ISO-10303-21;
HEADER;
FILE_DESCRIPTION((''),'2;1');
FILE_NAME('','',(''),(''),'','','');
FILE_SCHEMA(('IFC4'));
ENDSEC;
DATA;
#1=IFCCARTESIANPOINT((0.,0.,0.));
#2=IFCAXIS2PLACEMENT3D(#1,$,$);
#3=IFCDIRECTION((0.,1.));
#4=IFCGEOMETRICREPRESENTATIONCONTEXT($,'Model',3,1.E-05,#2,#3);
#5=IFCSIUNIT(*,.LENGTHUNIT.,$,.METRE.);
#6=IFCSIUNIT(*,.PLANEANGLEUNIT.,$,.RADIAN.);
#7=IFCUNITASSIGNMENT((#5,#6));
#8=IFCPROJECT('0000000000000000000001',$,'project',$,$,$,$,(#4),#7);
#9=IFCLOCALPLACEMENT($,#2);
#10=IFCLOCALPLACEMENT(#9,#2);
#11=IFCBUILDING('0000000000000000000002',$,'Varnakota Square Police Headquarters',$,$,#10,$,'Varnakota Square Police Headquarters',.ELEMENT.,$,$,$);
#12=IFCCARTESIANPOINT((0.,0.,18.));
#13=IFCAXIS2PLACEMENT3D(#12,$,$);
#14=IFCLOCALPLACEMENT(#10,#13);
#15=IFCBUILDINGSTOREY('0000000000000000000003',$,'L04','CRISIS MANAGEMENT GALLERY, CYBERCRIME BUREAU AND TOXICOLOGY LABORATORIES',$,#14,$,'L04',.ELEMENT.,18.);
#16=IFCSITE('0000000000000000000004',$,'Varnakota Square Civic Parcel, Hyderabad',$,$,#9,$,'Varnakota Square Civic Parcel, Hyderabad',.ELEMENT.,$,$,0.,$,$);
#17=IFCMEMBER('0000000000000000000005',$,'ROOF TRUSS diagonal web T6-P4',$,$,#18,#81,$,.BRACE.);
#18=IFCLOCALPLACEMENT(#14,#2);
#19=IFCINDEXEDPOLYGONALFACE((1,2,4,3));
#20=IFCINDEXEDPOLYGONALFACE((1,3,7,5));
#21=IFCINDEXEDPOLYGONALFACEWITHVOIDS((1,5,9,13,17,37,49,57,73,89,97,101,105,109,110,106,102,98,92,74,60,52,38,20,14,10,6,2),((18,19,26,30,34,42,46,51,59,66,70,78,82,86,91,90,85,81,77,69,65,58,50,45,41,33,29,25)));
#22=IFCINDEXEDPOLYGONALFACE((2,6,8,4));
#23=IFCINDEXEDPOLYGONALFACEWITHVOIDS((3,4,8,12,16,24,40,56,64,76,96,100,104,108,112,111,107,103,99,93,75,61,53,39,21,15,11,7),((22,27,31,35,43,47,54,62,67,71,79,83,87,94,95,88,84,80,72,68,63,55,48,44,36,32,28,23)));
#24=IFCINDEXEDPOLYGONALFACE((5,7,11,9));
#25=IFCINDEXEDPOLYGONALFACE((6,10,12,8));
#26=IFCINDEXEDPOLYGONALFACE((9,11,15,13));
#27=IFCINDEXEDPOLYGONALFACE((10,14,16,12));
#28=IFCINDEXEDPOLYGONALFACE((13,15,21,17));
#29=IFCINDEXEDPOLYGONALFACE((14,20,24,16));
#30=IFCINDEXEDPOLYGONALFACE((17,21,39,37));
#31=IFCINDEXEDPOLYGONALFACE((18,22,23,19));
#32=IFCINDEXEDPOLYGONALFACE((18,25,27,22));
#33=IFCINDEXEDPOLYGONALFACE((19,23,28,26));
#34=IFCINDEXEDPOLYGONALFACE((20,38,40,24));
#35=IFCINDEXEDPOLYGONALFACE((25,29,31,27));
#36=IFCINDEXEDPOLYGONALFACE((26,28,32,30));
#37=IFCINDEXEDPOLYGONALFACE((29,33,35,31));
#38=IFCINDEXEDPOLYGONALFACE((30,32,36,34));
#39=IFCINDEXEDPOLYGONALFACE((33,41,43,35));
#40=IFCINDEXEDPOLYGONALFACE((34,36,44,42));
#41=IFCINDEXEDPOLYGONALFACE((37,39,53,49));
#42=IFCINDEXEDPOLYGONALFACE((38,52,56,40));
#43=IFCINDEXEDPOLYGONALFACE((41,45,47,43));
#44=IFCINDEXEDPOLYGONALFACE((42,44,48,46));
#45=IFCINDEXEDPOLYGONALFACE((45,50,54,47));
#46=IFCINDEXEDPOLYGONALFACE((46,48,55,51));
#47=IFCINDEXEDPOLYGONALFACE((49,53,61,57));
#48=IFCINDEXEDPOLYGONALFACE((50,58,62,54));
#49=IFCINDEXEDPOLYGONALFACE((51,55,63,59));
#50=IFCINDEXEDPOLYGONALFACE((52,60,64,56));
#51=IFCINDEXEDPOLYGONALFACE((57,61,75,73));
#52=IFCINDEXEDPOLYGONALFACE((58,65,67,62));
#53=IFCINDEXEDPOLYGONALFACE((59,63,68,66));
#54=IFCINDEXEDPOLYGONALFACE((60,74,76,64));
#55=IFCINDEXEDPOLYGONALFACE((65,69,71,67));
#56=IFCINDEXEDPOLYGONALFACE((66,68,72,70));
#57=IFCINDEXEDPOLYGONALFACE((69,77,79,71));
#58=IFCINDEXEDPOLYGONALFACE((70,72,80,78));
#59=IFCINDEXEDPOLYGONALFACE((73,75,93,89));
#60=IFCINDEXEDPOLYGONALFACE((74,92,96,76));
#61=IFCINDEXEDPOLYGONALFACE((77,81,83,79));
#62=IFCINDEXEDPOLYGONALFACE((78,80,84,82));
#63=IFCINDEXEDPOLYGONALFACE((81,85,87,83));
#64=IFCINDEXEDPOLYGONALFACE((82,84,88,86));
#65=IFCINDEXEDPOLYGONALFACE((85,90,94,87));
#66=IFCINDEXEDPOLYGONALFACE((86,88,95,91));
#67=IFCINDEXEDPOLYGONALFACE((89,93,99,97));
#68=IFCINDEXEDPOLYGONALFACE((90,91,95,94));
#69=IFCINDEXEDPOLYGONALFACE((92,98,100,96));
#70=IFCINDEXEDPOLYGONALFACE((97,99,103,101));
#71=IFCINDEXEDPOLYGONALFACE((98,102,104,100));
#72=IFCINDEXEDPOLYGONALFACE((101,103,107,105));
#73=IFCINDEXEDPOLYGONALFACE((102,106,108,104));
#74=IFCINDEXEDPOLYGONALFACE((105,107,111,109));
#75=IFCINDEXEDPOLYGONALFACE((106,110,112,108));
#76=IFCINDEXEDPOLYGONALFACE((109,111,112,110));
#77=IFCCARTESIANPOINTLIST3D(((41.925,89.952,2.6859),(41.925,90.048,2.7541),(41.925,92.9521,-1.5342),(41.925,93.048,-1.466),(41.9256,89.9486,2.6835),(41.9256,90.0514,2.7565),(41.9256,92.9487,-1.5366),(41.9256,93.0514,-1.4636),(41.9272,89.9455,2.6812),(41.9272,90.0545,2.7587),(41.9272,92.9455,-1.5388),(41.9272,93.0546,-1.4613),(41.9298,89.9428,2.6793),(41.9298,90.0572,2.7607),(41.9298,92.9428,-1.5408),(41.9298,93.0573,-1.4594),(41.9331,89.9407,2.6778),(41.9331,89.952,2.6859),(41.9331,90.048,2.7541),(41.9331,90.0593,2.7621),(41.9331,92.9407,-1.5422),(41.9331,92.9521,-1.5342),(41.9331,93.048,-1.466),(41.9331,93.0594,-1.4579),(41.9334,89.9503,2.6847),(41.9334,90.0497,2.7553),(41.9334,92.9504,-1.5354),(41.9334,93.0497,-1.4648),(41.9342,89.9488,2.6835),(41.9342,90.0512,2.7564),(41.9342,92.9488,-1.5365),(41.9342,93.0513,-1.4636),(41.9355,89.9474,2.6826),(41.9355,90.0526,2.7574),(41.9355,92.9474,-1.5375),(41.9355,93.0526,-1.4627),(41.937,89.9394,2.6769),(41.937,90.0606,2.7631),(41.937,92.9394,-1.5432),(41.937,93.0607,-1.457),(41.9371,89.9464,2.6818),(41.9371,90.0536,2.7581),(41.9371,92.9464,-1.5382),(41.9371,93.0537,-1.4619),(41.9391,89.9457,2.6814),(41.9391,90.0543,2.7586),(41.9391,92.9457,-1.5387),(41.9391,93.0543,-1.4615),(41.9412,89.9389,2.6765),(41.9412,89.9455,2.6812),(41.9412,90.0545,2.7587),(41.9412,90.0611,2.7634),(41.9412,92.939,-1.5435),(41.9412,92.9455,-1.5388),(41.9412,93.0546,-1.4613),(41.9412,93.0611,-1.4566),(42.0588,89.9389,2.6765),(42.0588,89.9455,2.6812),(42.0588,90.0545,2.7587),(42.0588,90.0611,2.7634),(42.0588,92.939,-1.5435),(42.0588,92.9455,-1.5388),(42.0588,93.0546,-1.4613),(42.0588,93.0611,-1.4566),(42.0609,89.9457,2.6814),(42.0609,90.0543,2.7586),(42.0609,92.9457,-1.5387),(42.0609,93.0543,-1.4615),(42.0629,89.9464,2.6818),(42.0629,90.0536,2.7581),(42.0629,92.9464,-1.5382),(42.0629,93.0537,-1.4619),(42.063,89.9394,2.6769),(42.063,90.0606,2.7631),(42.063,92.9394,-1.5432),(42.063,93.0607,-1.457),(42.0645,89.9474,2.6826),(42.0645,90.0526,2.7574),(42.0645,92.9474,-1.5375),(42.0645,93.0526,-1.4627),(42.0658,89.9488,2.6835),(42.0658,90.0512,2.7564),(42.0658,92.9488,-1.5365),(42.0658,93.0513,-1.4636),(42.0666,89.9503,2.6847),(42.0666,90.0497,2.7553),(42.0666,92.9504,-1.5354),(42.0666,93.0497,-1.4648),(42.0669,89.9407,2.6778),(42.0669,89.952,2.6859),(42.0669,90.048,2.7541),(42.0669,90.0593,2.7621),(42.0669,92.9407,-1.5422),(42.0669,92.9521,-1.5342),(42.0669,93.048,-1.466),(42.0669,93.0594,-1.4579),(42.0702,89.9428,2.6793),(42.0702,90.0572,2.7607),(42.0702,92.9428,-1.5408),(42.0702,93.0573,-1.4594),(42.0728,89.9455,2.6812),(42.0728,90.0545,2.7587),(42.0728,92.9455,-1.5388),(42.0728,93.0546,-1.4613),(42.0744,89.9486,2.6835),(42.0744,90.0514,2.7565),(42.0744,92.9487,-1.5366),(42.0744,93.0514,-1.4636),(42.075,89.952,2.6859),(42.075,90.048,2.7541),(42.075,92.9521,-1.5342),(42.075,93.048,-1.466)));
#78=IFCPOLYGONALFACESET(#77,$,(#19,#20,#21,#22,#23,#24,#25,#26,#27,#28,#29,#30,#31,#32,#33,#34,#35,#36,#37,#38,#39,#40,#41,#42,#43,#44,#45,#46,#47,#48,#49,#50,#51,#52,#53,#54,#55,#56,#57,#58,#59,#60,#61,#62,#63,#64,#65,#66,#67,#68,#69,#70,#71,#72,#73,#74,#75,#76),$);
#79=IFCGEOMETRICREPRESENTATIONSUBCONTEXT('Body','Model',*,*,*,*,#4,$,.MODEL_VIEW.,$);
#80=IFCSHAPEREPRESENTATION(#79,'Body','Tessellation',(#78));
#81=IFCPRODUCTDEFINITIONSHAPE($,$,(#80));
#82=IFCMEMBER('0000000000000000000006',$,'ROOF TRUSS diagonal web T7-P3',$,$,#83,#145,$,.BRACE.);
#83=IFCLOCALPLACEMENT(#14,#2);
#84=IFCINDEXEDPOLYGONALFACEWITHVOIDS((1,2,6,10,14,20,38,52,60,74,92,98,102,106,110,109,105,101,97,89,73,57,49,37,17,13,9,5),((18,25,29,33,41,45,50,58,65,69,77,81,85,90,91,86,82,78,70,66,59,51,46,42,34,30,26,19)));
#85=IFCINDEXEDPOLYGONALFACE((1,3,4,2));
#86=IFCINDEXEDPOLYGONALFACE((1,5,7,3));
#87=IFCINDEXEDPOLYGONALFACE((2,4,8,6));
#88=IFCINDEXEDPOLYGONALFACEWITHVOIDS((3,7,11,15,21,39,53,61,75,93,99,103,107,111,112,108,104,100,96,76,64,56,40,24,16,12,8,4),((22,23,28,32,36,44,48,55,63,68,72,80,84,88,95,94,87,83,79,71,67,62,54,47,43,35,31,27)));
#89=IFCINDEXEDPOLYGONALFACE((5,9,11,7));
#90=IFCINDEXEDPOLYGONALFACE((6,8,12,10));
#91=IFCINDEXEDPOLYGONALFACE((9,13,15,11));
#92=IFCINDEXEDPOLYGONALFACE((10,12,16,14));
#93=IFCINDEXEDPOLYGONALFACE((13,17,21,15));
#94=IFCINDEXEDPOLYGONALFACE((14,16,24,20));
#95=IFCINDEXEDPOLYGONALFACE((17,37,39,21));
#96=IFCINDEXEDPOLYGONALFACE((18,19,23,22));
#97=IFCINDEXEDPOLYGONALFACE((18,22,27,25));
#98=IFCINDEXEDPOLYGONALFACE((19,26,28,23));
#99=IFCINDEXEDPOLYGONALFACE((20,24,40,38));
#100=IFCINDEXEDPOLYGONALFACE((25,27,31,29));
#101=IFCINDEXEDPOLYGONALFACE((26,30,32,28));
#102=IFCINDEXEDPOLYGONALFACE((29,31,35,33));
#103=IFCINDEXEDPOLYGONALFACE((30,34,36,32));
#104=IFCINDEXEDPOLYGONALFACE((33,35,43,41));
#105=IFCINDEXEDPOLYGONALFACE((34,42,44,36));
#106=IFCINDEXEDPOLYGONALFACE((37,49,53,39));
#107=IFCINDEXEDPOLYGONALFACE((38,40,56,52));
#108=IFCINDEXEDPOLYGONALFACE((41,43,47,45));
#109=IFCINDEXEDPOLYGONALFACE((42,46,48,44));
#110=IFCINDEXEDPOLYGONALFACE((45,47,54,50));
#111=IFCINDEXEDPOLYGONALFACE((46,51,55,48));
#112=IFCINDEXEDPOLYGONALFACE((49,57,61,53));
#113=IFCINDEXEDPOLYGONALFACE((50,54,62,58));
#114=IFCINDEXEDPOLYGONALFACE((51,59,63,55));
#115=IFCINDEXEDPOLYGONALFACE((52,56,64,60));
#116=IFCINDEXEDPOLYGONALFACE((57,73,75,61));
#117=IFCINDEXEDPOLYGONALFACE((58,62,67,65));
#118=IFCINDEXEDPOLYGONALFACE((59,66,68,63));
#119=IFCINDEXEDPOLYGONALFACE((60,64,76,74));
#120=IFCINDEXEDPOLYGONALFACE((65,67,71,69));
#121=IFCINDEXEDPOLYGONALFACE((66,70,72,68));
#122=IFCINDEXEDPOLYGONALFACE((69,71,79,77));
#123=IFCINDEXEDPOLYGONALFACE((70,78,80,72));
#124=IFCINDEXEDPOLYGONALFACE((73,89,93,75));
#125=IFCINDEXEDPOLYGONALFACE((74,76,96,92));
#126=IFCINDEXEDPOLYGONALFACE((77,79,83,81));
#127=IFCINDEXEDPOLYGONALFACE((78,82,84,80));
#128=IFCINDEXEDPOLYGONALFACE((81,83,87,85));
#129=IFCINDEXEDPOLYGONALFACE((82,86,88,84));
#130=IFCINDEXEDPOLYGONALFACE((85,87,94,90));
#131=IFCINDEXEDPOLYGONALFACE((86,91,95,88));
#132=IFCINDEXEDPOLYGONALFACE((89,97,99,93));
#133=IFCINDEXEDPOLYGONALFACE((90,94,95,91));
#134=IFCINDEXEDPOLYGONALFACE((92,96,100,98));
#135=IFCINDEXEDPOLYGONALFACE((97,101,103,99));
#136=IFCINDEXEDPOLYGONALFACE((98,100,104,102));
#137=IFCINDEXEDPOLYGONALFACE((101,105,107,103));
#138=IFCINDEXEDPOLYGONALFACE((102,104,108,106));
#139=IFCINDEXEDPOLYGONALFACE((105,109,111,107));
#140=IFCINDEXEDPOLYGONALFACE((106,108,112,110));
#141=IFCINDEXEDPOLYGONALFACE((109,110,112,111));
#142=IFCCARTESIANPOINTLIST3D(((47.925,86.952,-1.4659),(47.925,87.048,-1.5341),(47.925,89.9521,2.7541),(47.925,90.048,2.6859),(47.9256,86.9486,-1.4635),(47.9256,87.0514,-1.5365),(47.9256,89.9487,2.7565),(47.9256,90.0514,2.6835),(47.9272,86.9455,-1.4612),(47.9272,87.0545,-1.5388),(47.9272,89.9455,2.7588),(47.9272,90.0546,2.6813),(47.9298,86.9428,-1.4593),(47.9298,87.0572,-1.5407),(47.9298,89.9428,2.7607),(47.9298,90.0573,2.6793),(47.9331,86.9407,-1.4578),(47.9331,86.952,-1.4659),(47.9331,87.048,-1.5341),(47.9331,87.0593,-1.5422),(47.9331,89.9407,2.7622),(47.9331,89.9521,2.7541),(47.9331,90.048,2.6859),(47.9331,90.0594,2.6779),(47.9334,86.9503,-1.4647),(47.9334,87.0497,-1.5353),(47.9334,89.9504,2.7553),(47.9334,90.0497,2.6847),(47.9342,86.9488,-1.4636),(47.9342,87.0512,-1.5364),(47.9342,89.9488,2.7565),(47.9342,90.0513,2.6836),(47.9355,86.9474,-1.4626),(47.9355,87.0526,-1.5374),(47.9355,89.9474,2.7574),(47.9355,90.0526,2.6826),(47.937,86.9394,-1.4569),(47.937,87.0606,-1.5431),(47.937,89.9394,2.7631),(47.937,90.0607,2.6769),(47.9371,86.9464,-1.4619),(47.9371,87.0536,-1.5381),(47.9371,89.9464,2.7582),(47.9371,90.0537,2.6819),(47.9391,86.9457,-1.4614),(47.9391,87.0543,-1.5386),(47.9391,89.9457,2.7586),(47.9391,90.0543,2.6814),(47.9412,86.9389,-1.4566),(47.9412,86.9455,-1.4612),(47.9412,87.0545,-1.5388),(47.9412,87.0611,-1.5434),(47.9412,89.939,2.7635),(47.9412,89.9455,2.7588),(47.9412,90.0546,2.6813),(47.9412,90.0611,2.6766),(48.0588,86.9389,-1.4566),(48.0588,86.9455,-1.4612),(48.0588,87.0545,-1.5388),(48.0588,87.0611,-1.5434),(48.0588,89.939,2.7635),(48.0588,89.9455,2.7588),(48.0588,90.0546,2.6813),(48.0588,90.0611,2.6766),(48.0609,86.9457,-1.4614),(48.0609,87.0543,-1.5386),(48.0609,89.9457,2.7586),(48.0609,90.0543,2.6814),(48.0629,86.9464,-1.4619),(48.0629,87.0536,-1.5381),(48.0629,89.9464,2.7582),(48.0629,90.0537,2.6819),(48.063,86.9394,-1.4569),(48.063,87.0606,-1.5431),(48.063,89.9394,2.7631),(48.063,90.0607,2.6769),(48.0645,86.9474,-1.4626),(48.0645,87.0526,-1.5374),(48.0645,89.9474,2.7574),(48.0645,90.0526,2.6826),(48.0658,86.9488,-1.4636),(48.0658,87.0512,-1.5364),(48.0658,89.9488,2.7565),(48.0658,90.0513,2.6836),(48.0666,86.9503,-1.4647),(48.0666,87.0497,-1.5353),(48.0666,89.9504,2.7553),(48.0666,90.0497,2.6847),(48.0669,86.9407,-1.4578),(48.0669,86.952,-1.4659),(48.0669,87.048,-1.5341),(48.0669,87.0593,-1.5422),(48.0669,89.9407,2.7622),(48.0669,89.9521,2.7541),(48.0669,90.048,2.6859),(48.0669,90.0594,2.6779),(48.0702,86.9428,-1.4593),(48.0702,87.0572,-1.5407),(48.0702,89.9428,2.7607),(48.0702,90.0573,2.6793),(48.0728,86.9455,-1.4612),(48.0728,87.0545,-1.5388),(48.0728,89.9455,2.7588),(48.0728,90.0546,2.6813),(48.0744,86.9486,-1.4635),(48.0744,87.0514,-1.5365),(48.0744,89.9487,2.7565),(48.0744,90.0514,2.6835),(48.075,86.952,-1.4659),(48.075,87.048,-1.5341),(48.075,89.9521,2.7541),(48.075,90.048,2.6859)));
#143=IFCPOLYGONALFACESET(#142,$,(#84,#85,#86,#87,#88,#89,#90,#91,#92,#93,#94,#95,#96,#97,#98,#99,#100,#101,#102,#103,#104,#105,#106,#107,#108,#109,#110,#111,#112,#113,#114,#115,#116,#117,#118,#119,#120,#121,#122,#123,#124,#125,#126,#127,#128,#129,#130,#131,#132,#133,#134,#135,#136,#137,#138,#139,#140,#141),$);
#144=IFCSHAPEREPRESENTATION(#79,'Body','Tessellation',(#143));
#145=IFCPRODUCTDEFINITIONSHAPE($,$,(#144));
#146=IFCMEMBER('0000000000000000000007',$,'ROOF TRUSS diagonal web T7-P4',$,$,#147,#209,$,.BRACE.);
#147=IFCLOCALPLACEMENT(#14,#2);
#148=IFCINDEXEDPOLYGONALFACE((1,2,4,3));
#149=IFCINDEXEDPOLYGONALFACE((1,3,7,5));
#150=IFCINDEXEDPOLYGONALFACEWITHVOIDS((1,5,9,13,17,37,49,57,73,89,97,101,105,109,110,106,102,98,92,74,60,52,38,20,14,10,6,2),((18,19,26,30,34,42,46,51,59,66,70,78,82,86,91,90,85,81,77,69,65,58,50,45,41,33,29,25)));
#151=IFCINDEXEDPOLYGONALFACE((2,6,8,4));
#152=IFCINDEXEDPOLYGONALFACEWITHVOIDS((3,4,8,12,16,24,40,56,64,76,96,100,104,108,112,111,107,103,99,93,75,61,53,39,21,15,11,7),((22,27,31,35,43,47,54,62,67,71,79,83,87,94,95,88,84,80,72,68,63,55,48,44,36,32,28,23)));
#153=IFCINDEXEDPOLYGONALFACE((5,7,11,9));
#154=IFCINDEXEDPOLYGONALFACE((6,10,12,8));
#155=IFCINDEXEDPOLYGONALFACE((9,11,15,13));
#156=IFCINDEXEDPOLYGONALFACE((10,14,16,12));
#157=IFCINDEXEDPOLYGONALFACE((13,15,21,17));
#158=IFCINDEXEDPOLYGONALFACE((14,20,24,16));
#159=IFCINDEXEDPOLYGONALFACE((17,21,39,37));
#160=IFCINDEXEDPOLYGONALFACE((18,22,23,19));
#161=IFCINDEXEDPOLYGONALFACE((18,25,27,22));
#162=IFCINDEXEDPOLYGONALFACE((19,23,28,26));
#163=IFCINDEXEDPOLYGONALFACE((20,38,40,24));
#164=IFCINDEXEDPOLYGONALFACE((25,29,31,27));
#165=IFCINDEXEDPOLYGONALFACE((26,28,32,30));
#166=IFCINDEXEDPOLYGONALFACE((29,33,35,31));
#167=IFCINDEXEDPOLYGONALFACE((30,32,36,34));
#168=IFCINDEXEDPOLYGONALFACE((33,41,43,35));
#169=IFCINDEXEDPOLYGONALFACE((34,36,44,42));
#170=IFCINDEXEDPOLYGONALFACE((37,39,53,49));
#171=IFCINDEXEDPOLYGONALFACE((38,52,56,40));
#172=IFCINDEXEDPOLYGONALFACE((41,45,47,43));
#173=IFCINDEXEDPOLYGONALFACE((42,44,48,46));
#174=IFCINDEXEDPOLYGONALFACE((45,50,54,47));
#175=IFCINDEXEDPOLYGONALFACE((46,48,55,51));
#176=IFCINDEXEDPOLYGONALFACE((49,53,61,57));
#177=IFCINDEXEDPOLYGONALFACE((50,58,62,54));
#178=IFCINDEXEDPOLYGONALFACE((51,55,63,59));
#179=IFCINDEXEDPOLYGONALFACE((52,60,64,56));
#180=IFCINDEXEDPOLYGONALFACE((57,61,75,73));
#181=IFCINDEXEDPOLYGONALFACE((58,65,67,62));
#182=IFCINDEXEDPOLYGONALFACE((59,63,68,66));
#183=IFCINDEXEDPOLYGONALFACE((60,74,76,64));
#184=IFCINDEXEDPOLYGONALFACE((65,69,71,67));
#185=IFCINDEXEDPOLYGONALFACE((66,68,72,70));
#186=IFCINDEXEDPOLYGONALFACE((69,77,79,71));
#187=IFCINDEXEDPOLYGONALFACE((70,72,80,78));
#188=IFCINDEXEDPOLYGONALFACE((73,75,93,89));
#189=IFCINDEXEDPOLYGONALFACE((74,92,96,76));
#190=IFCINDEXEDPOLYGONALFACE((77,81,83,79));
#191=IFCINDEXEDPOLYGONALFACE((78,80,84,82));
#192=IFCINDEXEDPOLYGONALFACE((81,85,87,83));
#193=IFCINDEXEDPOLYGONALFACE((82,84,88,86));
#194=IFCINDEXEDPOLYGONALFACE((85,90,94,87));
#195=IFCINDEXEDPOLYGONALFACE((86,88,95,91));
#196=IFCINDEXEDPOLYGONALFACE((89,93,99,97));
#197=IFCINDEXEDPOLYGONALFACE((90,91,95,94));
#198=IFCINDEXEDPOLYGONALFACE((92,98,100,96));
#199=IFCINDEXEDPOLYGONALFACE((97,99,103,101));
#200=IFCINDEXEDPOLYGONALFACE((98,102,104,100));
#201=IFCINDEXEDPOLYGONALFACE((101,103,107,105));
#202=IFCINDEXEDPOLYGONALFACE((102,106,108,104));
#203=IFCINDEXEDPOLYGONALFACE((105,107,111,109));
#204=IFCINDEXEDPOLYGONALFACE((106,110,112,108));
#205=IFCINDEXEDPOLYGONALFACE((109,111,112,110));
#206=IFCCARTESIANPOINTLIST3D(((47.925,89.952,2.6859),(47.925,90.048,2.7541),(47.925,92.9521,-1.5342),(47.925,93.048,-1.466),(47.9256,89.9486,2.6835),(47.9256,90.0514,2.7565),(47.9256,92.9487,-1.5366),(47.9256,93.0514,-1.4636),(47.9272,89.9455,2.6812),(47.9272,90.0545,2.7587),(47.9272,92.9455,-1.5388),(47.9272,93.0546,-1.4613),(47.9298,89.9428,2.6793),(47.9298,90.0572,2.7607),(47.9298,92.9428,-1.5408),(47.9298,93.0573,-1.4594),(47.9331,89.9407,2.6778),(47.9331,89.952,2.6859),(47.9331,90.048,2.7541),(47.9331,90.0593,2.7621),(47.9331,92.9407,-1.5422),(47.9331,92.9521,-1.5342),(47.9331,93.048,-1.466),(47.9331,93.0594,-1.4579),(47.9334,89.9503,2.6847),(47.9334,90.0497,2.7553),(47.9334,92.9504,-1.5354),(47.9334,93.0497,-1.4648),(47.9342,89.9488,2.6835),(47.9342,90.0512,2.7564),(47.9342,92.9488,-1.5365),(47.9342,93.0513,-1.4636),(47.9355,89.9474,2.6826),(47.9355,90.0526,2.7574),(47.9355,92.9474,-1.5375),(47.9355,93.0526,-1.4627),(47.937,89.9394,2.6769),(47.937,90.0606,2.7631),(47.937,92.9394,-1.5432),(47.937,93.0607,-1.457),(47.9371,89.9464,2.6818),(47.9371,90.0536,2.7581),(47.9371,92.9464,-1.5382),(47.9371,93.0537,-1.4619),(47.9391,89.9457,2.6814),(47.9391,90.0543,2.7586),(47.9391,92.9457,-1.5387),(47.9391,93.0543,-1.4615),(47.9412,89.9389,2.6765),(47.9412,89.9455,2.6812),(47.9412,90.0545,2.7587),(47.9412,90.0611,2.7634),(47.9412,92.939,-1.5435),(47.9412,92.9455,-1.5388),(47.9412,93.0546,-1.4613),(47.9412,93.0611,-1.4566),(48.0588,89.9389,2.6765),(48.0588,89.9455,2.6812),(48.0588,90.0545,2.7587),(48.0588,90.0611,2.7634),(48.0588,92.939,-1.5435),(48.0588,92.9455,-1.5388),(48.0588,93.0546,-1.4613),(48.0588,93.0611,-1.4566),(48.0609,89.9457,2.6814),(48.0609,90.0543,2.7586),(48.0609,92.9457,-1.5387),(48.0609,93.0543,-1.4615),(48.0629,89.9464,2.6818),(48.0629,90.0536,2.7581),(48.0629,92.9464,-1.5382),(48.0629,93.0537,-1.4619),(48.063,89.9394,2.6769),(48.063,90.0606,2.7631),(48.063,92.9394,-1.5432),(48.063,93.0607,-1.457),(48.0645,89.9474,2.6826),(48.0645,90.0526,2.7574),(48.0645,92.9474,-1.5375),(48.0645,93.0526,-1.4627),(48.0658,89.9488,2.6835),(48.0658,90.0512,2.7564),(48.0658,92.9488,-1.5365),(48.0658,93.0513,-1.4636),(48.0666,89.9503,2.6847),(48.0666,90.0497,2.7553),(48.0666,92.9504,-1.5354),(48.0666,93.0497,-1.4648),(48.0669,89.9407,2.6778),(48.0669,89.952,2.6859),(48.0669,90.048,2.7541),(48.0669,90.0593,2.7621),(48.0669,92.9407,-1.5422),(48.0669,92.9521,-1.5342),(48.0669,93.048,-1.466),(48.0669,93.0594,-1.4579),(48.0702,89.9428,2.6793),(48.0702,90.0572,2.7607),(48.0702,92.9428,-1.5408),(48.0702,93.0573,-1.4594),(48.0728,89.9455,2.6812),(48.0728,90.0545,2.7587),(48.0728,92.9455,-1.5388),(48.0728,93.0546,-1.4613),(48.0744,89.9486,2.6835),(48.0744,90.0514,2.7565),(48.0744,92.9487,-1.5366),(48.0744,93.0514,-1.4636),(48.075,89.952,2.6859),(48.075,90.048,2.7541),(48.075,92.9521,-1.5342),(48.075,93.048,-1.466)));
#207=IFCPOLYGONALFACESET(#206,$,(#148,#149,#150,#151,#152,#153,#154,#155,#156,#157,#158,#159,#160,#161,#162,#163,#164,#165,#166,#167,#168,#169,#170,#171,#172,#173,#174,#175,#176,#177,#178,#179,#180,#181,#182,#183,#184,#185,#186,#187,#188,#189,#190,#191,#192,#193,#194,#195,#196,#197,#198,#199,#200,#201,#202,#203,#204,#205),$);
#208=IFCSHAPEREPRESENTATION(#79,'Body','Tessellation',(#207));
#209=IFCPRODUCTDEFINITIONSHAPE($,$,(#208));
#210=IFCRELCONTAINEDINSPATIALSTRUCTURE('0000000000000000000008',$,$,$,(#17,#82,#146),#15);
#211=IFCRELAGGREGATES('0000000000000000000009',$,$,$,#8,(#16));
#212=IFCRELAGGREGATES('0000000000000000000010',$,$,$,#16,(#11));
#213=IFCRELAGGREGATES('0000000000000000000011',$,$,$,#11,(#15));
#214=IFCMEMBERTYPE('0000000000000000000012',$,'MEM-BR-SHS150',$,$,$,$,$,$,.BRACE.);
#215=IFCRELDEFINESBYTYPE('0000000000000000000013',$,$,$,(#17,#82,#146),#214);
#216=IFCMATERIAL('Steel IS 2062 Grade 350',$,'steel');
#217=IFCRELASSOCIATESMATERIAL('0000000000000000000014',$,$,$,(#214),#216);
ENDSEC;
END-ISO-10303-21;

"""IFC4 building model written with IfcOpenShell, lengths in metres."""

from ifc_helpers import new_model, si_unit, direction, frame, origin, origin_2d, place, context, subcontext, project, spatial, hollow_rectangle, extrude, material, material_profile, profile_set, type_object, element, save


model = new_model("IFC4")

# Units and contexts
model_context = context("Model", 3, precision=1e-05, world=origin(), true_north=direction((0.0, 1.0)))
body_context = subcontext(model_context, "Body", "Model", "MODEL_VIEW")
ifc_project = project(units=[si_unit("LENGTHUNIT", "METRE"), si_unit("PLANEANGLEUNIT", "RADIAN")], contexts=[model_context])

# Site, building, storey
site_placement = place(None, origin())
site = spatial("IfcSite", under=ifc_project, at=site_placement, Name="Varnakota Square Civic Parcel, Hyderabad", LongName="Varnakota Square Civic Parcel, Hyderabad", CompositionType="ELEMENT", RefElevation=0.0)
building_placement = place(site_placement, origin())
building = spatial("IfcBuilding", under=site, at=building_placement, Name="Varnakota Square Police Headquarters", LongName="Varnakota Square Police Headquarters", CompositionType="ELEMENT")
storey_placement = place(building_placement, frame((0.0, 0.0, 18.0)))
storey = spatial("IfcBuildingStorey", under=building, at=storey_placement, Name="L04", Description="CRISIS MANAGEMENT GALLERY, CYBERCRIME BUREAU AND TOXICOLOGY LABORATORIES", LongName="L04", CompositionType="ELEMENT", Elevation=18.0)

# Shared definitions
ifc_material_1 = material(Name="Steel IS 2062 Grade 350", Category="steel")

# Members
ifc_material_profile_1 = material_profile(ifc_material_1, hollow_rectangle(XDim=0.1499, YDim=0.1499, WallThickness=0.0081, InnerFilletRadius=0.0081, OuterFilletRadius=0.0161, at=origin_2d()), Name="SHS 150x150x8")
ifc_profile_set_1 = profile_set([ifc_material_profile_1], Name="Steel IS 2062 Grade 350")
member_type_1 = type_object("IfcMemberType", Name="MEM-BR-SHS150", PredefinedType="BRACE", material=ifc_profile_set_1)
for number, where, z_axis, x_axis, name in (
    (1, (42.0, 90.0, 2.72), (0.0, 0.579412, -0.815034), (-1.0, 0.0, 0.0), "ROOF TRUSS diagonal web T6-P4"),
    (2, (48.0, 87.0, -1.5), (0.0, 0.579412, 0.815034), (-1.0, 0.0, 0.0), "ROOF TRUSS diagonal web T7-P3"),
    (3, (48.0, 90.0, 2.72), (0.0, 0.579412, -0.815034), (-1.0, 0.0, 0.0), "ROOF TRUSS diagonal web T7-P4"),
):
    element("IfcMember", number, at=place(storey_placement, frame(where, z_axis=z_axis, x_axis=x_axis)), inside=storey, type_object=member_type_1, Name=name, PredefinedType="BRACE", context=body_context, shape_type="SweptSolid", body=[
        extrude(hollow_rectangle(XDim=0.1499, YDim=0.1499, WallThickness=0.0081, InnerFilletRadius=0.0081, OuterFilletRadius=0.0161, at=origin_2d()), origin(), (0.0, 0.0, 1.0), 5.1777),
    ])

save(model, "model.ifc")
